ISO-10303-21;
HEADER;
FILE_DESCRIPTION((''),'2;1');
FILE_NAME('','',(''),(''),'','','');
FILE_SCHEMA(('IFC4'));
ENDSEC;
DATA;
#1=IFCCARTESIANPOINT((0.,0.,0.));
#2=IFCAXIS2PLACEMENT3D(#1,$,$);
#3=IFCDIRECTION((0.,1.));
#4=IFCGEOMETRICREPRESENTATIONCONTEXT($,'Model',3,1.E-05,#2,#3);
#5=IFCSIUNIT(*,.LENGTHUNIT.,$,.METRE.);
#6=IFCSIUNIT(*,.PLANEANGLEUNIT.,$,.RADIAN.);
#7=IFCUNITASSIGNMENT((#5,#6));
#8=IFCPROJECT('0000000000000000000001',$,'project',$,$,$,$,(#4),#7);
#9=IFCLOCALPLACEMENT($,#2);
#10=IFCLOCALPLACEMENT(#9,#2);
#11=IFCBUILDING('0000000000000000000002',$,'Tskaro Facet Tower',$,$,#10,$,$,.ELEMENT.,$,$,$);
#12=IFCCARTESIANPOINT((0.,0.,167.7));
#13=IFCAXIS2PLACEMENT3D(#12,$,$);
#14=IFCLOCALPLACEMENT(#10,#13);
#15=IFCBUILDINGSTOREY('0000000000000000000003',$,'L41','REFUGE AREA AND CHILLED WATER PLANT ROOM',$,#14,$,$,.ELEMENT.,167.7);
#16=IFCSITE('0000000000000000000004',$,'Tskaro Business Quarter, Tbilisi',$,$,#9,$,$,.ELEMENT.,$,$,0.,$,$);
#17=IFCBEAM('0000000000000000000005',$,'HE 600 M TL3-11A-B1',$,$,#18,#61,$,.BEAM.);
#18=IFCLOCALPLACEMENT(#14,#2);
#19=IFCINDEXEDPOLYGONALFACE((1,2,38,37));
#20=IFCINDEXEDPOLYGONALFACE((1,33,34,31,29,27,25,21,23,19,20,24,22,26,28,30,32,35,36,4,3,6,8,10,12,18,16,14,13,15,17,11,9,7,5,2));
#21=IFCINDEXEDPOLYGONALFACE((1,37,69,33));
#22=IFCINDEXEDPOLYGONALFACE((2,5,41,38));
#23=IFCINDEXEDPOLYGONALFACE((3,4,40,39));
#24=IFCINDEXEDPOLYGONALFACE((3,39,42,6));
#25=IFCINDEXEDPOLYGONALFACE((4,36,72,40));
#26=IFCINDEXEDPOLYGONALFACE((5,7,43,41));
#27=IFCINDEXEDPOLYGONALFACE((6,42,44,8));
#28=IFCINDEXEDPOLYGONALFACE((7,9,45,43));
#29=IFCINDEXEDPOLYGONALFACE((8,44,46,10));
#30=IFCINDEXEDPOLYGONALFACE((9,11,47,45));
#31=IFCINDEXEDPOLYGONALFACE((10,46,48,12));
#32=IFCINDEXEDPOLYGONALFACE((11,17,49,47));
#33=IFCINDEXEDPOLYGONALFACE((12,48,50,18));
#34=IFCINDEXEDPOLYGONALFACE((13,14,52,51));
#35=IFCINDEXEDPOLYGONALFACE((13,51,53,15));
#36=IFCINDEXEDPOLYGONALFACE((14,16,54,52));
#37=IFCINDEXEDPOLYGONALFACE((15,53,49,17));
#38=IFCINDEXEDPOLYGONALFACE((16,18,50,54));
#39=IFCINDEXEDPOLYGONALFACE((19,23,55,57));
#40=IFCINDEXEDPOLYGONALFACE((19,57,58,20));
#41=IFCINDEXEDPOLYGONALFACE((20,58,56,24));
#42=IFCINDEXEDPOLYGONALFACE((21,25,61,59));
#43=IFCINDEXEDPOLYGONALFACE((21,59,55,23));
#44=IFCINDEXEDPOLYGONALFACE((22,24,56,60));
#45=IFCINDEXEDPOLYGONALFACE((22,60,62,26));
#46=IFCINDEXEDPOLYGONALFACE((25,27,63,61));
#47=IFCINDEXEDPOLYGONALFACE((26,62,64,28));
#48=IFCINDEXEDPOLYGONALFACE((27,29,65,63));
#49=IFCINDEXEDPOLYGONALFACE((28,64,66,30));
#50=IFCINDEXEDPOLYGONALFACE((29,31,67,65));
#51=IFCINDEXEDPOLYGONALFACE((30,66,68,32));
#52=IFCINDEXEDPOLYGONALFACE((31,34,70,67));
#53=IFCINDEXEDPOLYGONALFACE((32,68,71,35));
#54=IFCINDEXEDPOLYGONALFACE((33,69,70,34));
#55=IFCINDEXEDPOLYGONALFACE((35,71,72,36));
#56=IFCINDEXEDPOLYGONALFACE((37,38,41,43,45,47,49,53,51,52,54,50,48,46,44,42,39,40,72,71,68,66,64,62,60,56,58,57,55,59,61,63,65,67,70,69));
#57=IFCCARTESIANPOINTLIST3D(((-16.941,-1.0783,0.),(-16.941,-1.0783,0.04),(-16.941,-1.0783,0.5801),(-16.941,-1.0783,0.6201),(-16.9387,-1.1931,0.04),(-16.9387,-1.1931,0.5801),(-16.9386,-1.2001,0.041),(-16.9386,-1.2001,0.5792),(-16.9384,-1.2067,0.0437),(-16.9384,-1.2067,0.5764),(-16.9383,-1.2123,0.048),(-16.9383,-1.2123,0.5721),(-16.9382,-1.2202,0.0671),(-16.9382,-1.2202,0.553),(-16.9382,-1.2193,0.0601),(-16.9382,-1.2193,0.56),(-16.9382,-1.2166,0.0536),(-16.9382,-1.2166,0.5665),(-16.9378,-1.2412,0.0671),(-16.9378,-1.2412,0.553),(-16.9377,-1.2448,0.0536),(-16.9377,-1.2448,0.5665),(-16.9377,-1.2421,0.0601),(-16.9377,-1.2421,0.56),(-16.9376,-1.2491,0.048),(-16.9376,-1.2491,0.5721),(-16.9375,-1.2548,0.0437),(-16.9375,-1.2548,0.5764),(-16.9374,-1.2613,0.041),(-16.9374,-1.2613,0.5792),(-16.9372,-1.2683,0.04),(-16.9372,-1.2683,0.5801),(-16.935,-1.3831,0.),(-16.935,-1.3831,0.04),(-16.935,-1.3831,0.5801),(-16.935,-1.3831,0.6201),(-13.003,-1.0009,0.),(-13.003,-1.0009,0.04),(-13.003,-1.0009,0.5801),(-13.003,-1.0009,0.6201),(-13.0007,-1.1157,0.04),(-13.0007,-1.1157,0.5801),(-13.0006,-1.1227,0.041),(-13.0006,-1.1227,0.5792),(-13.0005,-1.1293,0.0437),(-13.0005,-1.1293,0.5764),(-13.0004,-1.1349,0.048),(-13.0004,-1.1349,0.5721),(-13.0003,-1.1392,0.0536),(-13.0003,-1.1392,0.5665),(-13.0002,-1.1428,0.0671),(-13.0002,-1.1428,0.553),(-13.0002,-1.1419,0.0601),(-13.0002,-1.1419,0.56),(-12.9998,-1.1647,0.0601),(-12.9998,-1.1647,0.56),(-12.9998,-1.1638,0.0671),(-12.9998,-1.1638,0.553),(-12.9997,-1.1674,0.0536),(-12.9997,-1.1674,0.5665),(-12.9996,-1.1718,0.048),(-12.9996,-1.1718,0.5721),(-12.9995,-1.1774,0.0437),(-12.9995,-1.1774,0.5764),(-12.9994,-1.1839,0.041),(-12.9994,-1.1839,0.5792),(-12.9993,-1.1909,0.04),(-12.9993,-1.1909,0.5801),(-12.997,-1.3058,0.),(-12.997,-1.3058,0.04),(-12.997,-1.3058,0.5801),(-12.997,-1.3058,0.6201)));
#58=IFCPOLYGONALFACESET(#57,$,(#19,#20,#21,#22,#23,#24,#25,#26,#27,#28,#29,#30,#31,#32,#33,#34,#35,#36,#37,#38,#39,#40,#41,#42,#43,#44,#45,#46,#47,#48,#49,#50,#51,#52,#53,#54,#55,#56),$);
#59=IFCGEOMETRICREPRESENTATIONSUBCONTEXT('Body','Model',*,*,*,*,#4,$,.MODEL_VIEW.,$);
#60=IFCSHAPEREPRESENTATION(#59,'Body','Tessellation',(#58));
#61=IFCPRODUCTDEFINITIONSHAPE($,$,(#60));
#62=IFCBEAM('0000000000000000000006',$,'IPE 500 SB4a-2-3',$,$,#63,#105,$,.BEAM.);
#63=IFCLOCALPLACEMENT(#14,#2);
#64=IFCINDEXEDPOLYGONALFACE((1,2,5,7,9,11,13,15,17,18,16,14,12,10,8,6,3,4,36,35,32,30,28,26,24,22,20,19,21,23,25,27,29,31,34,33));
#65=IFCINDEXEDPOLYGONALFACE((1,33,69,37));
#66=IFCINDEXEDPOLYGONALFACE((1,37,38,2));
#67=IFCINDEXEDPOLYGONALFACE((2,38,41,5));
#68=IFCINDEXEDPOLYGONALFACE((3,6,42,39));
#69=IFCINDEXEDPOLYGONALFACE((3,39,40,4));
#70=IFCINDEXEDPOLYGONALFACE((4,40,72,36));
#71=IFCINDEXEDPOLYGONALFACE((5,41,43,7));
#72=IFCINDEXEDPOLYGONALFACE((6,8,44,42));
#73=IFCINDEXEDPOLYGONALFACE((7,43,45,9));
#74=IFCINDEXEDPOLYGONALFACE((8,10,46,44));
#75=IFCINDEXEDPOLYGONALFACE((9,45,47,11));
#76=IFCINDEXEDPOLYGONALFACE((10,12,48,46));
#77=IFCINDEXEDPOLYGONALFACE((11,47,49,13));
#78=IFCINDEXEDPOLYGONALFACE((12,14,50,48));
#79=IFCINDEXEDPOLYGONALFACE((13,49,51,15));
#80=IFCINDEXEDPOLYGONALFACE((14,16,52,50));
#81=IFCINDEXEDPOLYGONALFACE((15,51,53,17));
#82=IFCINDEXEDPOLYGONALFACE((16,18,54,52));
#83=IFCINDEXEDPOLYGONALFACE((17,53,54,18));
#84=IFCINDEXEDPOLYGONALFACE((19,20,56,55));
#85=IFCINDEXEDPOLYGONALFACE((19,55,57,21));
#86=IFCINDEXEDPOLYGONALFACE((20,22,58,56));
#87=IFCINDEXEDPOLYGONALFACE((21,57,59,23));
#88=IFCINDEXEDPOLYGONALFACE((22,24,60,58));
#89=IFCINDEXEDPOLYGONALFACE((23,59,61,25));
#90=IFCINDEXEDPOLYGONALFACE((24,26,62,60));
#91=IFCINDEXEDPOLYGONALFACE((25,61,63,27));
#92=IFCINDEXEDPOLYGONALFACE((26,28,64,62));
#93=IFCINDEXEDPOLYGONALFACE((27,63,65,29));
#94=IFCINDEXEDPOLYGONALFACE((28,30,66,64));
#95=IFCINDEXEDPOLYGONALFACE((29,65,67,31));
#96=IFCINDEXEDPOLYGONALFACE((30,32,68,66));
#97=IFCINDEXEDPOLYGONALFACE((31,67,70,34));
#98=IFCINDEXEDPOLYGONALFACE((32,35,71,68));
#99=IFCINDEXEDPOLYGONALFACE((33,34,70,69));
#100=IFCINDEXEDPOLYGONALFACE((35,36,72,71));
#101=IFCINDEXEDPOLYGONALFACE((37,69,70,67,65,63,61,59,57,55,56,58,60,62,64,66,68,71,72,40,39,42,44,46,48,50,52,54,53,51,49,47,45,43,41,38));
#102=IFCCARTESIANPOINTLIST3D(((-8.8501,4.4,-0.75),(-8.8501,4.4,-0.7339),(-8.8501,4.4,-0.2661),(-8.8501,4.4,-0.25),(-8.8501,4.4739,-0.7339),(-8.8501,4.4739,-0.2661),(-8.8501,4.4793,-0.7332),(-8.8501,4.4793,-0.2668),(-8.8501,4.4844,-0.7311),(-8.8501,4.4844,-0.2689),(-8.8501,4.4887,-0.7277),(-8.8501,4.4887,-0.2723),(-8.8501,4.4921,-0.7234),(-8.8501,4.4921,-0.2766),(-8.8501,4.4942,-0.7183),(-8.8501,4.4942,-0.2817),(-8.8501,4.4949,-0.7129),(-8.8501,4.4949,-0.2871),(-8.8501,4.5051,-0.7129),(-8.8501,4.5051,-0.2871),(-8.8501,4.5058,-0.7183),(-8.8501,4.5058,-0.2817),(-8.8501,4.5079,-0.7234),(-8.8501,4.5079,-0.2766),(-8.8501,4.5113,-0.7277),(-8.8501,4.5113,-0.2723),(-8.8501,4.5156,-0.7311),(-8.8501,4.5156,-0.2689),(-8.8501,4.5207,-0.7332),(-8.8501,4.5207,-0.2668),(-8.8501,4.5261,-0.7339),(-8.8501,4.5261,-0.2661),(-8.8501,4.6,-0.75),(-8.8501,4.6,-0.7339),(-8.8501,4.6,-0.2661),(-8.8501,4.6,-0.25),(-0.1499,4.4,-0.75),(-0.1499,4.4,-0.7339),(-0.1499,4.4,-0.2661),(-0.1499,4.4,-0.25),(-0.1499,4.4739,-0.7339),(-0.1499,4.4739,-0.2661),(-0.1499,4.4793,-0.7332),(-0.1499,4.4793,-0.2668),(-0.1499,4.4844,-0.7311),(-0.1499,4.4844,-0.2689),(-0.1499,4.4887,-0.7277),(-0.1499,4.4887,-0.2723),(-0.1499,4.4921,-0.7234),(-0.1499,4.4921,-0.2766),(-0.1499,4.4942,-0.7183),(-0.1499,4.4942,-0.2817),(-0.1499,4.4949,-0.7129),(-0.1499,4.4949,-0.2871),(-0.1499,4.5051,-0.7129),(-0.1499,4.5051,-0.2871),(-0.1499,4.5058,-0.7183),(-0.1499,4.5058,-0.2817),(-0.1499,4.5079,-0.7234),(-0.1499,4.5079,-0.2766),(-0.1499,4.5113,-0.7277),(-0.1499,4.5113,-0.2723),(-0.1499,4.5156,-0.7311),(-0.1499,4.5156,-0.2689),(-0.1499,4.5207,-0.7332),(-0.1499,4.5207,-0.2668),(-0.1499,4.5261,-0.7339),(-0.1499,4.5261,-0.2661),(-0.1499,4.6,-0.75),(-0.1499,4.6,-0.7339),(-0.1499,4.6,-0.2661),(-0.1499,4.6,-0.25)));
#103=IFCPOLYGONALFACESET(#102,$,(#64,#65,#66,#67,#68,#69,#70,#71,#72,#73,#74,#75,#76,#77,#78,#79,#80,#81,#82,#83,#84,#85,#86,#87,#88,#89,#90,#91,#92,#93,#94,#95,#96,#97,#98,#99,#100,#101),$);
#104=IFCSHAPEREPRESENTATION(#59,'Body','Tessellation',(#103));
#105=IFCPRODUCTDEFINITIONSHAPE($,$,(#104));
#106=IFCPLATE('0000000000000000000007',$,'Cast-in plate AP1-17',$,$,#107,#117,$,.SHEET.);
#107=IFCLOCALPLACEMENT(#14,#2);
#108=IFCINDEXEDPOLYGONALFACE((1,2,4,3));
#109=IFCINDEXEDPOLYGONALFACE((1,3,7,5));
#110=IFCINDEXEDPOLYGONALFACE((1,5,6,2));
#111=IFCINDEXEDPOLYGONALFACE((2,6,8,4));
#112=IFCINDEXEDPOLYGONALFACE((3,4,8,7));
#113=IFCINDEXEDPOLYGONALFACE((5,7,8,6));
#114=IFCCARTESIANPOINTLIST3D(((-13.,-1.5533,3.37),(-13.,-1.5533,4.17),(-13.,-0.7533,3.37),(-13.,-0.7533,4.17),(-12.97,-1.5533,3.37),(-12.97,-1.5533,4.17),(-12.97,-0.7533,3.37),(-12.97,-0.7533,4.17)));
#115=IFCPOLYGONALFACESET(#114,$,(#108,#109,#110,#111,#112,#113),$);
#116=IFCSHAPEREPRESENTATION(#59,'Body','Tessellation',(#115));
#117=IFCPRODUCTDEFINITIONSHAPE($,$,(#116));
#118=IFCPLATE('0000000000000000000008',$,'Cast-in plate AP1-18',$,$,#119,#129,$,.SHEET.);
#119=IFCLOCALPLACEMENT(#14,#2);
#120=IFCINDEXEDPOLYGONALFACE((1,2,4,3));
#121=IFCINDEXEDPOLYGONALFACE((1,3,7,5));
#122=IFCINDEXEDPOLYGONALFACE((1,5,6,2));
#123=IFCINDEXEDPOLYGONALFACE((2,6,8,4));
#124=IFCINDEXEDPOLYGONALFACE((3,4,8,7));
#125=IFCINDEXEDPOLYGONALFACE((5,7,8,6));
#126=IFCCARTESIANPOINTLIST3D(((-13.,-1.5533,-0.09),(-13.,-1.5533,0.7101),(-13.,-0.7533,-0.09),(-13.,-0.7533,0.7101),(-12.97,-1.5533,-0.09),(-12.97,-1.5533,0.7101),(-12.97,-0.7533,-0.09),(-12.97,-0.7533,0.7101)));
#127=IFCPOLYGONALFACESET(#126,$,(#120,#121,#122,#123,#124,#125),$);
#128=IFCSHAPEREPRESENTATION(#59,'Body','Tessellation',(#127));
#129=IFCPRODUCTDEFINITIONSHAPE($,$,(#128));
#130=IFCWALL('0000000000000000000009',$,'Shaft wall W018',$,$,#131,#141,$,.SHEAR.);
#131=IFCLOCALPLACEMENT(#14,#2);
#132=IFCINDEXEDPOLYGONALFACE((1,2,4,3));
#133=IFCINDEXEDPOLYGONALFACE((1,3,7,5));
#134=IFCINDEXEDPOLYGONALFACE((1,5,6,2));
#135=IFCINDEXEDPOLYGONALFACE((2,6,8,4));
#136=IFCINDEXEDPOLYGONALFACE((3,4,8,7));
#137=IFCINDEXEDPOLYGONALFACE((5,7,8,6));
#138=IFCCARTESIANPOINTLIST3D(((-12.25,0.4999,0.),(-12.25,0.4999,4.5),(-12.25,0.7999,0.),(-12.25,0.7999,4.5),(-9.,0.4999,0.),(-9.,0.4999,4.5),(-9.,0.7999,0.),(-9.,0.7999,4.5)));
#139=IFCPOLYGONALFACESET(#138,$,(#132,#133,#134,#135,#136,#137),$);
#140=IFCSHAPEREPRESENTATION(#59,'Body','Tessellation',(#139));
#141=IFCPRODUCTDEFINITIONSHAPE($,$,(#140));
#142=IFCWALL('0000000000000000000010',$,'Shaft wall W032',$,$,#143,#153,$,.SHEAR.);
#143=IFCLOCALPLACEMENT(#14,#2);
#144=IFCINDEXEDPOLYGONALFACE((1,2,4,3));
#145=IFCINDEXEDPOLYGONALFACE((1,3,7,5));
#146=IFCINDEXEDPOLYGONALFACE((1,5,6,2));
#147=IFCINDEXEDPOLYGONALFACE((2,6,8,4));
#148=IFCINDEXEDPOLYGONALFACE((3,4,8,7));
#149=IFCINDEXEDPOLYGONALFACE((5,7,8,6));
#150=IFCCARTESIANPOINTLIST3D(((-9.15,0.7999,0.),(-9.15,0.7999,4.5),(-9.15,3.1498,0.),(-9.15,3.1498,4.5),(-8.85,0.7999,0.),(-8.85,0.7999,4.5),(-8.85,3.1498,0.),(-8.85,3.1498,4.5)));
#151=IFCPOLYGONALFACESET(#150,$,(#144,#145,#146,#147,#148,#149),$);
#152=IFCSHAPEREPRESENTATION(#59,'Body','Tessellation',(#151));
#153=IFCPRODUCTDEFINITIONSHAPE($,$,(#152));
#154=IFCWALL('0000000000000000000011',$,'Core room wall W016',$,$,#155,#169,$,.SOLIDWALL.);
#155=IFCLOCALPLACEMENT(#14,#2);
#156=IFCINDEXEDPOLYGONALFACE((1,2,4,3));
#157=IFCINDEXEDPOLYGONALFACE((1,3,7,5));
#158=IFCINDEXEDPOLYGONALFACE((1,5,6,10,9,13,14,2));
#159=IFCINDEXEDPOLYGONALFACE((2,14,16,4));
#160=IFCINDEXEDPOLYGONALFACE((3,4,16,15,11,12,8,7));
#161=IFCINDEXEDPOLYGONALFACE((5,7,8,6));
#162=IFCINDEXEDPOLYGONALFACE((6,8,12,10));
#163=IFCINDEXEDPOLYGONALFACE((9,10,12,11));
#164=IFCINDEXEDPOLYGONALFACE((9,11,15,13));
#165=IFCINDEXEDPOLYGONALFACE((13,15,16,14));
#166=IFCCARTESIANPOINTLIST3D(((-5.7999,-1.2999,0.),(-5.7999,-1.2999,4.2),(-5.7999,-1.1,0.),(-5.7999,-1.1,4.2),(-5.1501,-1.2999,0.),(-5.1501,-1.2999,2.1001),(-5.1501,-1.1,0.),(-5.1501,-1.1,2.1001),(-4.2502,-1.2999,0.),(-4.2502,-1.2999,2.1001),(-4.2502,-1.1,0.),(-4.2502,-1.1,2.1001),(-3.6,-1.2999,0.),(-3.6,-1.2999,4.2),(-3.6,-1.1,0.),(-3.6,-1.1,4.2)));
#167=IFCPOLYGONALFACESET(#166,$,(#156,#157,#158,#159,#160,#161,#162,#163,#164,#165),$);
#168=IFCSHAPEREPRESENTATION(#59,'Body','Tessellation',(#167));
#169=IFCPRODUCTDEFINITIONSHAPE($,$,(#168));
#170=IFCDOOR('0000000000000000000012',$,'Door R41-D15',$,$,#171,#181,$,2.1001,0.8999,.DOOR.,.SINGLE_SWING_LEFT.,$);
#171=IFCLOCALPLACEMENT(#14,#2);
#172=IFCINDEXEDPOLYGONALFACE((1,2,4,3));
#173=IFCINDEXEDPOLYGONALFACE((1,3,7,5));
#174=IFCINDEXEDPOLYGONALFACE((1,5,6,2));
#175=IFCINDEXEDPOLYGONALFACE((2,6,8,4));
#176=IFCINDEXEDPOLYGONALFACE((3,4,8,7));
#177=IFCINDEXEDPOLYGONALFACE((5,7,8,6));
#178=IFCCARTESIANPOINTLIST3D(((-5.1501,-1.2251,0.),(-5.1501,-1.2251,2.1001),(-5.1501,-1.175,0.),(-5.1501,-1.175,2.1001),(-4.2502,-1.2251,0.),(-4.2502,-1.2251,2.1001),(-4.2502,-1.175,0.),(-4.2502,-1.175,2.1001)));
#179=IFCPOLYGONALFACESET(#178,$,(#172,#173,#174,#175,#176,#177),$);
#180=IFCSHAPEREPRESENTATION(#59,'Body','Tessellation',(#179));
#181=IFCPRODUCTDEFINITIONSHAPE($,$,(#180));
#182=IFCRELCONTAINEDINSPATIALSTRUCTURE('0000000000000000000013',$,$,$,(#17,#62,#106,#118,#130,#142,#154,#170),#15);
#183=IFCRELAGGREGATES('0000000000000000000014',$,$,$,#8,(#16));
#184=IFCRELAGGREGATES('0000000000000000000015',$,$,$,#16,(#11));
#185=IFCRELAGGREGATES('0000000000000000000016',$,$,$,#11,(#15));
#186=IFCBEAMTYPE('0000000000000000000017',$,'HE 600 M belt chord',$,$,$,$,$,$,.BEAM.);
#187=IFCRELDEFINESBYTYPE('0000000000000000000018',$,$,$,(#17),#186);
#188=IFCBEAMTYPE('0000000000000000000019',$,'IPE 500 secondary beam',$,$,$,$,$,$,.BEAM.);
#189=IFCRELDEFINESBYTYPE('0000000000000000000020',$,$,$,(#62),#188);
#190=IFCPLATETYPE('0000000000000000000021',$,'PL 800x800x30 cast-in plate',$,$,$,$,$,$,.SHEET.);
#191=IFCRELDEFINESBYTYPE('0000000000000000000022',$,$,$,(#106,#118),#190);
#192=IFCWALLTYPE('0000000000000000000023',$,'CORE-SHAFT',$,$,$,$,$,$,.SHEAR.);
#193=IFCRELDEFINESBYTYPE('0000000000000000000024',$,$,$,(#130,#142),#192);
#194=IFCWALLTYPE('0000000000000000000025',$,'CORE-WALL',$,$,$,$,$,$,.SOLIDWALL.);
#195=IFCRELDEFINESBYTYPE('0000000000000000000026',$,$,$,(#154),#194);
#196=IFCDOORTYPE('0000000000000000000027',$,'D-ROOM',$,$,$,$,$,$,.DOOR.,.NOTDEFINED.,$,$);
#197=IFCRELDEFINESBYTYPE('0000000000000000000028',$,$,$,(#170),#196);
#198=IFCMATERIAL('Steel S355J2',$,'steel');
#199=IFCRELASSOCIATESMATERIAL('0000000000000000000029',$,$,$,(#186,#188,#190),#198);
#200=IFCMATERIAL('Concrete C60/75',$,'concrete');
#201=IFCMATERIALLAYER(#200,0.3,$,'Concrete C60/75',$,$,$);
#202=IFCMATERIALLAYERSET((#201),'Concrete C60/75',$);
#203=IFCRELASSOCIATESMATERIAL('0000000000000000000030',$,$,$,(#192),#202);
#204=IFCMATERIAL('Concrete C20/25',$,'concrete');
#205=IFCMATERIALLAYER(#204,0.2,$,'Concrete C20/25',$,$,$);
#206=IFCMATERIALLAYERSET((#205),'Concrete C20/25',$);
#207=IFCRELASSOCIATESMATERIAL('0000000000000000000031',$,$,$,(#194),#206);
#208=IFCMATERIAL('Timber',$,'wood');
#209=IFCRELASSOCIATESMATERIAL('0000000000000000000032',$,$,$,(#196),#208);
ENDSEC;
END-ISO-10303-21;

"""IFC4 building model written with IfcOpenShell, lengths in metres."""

from ifc_helpers import new_model, si_unit, direction, frame, frame_2d, origin, origin_2d, place, context, subcontext, project, spatial, rectangle, i_section, extrude, material, layer, layer_set, material_profile, profile_set, type_object, element, fill, save


model = new_model("IFC4")

# Units and contexts
model_context = context("Model", 3, precision=1e-05, world=origin(), true_north=direction((0.0, 1.0)))
body_context = subcontext(model_context, "Body", "Model", "MODEL_VIEW")
ifc_project = project(units=[si_unit("LENGTHUNIT", "METRE"), si_unit("PLANEANGLEUNIT", "RADIAN")], contexts=[model_context])

# Site, building, storey
site_placement = place(None, origin())
site = spatial("IfcSite", under=ifc_project, at=site_placement, Name="Tskaro Business Quarter, Tbilisi", CompositionType="ELEMENT", RefElevation=0.0)
building_placement = place(site_placement, origin())
building = spatial("IfcBuilding", under=site, at=building_placement, Name="Tskaro Facet Tower", CompositionType="ELEMENT")
storey_placement = place(building_placement, frame((0.0, 0.0, 167.7)))
storey = spatial("IfcBuildingStorey", under=building, at=storey_placement, Name="L41", Description="REFUGE AREA AND CHILLED WATER PLANT ROOM", CompositionType="ELEMENT", Elevation=167.7)

# Beams
ifc_material_1 = material(Name="Steel S355J2", Category="steel")
ifc_material_profile_1 = material_profile(ifc_material_1, i_section(OverallWidth=0.3049, OverallDepth=0.6201, WebThickness=0.021, FlangeThickness=0.04, FilletRadius=0.0271, at=origin_2d()), Name="HE 600 M")
ifc_profile_set_1 = profile_set([ifc_material_profile_1], Name="Steel S355J2")
beam_type_1 = type_object("IfcBeamType", Name="HE 600 M belt chord", PredefinedType="BEAM", material=ifc_profile_set_1)
for number, where, z_axis, x_axis, name in (
    (1, (-13.0, -1.1533, 0.3101), (-0.999807, -0.019649, 0.0), (0.019649, -0.999807, 0.0), "HE 600 M TL3-11A-B1"),
):
    element("IfcBeam", number, at=place(storey_placement, frame(where, z_axis=z_axis, x_axis=x_axis)), inside=storey, type_object=beam_type_1, Name=name, PredefinedType="BEAM", context=body_context, shape_type="SweptSolid", body=[
        extrude(i_section(OverallWidth=0.3049, OverallDepth=0.6201, WebThickness=0.021, FlangeThickness=0.04, FilletRadius=0.0271, at=origin_2d()), origin(), (0.0, 0.0, 1.0), 3.9387),
    ])
ifc_material_profile_2 = material_profile(ifc_material_1, i_section(OverallWidth=0.2, OverallDepth=0.5, WebThickness=0.0103, FlangeThickness=0.0161, FilletRadius=0.021, at=origin_2d()), Name="IPE 500")
ifc_profile_set_2 = profile_set([ifc_material_profile_2], Name="Steel S355J2")
beam_type_2 = type_object("IfcBeamType", Name="IPE 500 secondary beam", PredefinedType="BEAM", material=ifc_profile_set_2)
beam_1_placement = place(storey_placement, frame((-8.8501, 4.5, -0.5), z_axis=(1.0, 0.0, 0.0), x_axis=(0.0, 1.0, 0.0)))
element("IfcBeam", 2, at=beam_1_placement, inside=storey, type_object=beam_type_2, Name="IPE 500 SB4a-2-3", PredefinedType="BEAM", context=body_context, shape_type="SweptSolid", body=[
    extrude(i_section(OverallWidth=0.2, OverallDepth=0.5, WebThickness=0.0103, FlangeThickness=0.0161, FilletRadius=0.021, at=origin_2d()), origin(), (0.0, 0.0, 1.0), 8.7002),
])

# Plates
ifc_material_profile_3 = material_profile(ifc_material_1, rectangle(XDim=0.8, YDim=0.8, at=origin_2d()), Name="PL 800x800x30 cast-in plate")
ifc_profile_set_3 = profile_set([ifc_material_profile_3], Name="Steel S355J2")
plate_type = type_object("IfcPlateType", Name="PL 800x800x30 cast-in plate", PredefinedType="SHEET", material=ifc_profile_set_3)
for number, where, z_axis, x_axis, name in (
    (3, (-12.97, -1.1533, 3.77), (-1.0, 0.0, 0.0), (0.0, -1.0, 0.0), "Cast-in plate AP1-17"),
    (4, (-12.97, -1.1533, 0.3101), (-1.0, 0.0, 0.0), (0.0, -1.0, 0.0), "Cast-in plate AP1-18"),
):
    element("IfcPlate", number, at=place(storey_placement, frame(where, z_axis=z_axis, x_axis=x_axis)), inside=storey, type_object=plate_type, Name=name, PredefinedType="SHEET", context=body_context, shape_type="SweptSolid", body=[
        extrude(rectangle(XDim=0.8, YDim=0.8, at=origin_2d()), origin(), (0.0, 0.0, 1.0), 0.03),
    ])

# Walls
ifc_material_2 = material(Name="Concrete C60/75", Category="concrete")
ifc_layer_1 = layer(ifc_material_2, 0.3, Name="Concrete C60/75")
ifc_layer_set_1 = layer_set([ifc_layer_1], Name="Concrete C60/75")
wall_type_1 = type_object("IfcWallType", Name="CORE-SHAFT", PredefinedType="SHEAR", material=ifc_layer_set_1)
wall_1_placement = place(storey_placement, frame((-9.0, 0.6499, 0.0), z_axis=(0.0, 0.0, 1.0), x_axis=(-1.0, 0.0, 0.0)))
element("IfcWall", 5, at=wall_1_placement, inside=storey, type_object=wall_type_1, Name="Shaft wall W018", PredefinedType="SHEAR", context=body_context, shape_type="SweptSolid", body=[
    extrude(rectangle(XDim=3.25, YDim=0.3, at=frame_2d((1.625, 0.0))), origin(), (0.0, 0.0, 1.0), 4.5),
])
wall_2_placement = place(storey_placement, frame((-9.0, 0.8, 0.0), z_axis=(0.0, 0.0, 1.0), x_axis=(0.0, 1.0, 0.0)))
element("IfcWall", 6, at=wall_2_placement, inside=storey, type_object=wall_type_1, Name="Shaft wall W032", PredefinedType="SHEAR", context=body_context, shape_type="SweptSolid", body=[
    extrude(rectangle(XDim=2.3499, YDim=0.3, at=frame_2d((1.1748, 0.0))), origin(), (0.0, 0.0, 1.0), 4.5),
])

# Wall, opening, door
ifc_material_3 = material(Name="Concrete C20/25", Category="concrete")
ifc_layer_2 = layer(ifc_material_3, 0.2, Name="Concrete C20/25")
ifc_layer_set_2 = layer_set([ifc_layer_2], Name="Concrete C20/25")
wall_type_2 = type_object("IfcWallType", Name="CORE-WALL", PredefinedType="SOLIDWALL", material=ifc_layer_set_2)
wall_3_placement = place(storey_placement, frame((-5.8, -1.2, 0.0), z_axis=(0.0, 0.0, 1.0), x_axis=(1.0, 0.0, 0.0)))
wall_3 = element("IfcWall", 7, at=wall_3_placement, inside=storey, type_object=wall_type_2, Name="Core room wall W016", PredefinedType="SOLIDWALL", context=body_context, shape_type="SweptSolid", body=[
    extrude(rectangle(XDim=2.2, YDim=0.2, at=frame_2d((1.1001, 0.0))), origin(), (0.0, 0.0, 1.0), 4.2),
])
opening_1_placement = place(wall_3_placement, frame((0.6499, 0.0, 0.0)))
opening_1 = element("IfcOpeningElement", 8, at=opening_1_placement, cuts=wall_3, PredefinedType="OPENING", context=body_context, shape_type="SweptSolid", body=[
    extrude(rectangle(XDim=0.8999, YDim=2.1001, at=frame_2d((0.45, 1.05))), frame((0.0, 0.1099, 0.0), z_axis=(0.0, -1.0, 0.0), x_axis=(1.0, 0.0, 0.0)), (0.0, 0.0, 1.0), 0.22),
])
ifc_material_4 = material(Name="Timber", Category="wood")
door_type_1 = type_object("IfcDoorType", Name="D-ROOM", OperationType="NOTDEFINED", PredefinedType="DOOR", material=ifc_material_4)
door_1_placement = place(opening_1_placement, origin())
door_1 = element("IfcDoor", 9, at=door_1_placement, inside=storey, type_object=door_type_1, Name="Door R41-D15", OperationType="SINGLE_SWING_LEFT", OverallHeight=2.1001, OverallWidth=0.8999, PredefinedType="DOOR", context=body_context, shape_type="SweptSolid", body=[
    extrude(rectangle(XDim=0.8999, YDim=2.1001, at=frame_2d((0.45, 1.05))), frame((0.0, 0.0249, 0.0), z_axis=(0.0, -1.0, 0.0), x_axis=(1.0, 0.0, 0.0)), (0.0, 0.0, 1.0), 0.05),
])
fill(opening_1, door_1)

save(model, "model.ifc")
